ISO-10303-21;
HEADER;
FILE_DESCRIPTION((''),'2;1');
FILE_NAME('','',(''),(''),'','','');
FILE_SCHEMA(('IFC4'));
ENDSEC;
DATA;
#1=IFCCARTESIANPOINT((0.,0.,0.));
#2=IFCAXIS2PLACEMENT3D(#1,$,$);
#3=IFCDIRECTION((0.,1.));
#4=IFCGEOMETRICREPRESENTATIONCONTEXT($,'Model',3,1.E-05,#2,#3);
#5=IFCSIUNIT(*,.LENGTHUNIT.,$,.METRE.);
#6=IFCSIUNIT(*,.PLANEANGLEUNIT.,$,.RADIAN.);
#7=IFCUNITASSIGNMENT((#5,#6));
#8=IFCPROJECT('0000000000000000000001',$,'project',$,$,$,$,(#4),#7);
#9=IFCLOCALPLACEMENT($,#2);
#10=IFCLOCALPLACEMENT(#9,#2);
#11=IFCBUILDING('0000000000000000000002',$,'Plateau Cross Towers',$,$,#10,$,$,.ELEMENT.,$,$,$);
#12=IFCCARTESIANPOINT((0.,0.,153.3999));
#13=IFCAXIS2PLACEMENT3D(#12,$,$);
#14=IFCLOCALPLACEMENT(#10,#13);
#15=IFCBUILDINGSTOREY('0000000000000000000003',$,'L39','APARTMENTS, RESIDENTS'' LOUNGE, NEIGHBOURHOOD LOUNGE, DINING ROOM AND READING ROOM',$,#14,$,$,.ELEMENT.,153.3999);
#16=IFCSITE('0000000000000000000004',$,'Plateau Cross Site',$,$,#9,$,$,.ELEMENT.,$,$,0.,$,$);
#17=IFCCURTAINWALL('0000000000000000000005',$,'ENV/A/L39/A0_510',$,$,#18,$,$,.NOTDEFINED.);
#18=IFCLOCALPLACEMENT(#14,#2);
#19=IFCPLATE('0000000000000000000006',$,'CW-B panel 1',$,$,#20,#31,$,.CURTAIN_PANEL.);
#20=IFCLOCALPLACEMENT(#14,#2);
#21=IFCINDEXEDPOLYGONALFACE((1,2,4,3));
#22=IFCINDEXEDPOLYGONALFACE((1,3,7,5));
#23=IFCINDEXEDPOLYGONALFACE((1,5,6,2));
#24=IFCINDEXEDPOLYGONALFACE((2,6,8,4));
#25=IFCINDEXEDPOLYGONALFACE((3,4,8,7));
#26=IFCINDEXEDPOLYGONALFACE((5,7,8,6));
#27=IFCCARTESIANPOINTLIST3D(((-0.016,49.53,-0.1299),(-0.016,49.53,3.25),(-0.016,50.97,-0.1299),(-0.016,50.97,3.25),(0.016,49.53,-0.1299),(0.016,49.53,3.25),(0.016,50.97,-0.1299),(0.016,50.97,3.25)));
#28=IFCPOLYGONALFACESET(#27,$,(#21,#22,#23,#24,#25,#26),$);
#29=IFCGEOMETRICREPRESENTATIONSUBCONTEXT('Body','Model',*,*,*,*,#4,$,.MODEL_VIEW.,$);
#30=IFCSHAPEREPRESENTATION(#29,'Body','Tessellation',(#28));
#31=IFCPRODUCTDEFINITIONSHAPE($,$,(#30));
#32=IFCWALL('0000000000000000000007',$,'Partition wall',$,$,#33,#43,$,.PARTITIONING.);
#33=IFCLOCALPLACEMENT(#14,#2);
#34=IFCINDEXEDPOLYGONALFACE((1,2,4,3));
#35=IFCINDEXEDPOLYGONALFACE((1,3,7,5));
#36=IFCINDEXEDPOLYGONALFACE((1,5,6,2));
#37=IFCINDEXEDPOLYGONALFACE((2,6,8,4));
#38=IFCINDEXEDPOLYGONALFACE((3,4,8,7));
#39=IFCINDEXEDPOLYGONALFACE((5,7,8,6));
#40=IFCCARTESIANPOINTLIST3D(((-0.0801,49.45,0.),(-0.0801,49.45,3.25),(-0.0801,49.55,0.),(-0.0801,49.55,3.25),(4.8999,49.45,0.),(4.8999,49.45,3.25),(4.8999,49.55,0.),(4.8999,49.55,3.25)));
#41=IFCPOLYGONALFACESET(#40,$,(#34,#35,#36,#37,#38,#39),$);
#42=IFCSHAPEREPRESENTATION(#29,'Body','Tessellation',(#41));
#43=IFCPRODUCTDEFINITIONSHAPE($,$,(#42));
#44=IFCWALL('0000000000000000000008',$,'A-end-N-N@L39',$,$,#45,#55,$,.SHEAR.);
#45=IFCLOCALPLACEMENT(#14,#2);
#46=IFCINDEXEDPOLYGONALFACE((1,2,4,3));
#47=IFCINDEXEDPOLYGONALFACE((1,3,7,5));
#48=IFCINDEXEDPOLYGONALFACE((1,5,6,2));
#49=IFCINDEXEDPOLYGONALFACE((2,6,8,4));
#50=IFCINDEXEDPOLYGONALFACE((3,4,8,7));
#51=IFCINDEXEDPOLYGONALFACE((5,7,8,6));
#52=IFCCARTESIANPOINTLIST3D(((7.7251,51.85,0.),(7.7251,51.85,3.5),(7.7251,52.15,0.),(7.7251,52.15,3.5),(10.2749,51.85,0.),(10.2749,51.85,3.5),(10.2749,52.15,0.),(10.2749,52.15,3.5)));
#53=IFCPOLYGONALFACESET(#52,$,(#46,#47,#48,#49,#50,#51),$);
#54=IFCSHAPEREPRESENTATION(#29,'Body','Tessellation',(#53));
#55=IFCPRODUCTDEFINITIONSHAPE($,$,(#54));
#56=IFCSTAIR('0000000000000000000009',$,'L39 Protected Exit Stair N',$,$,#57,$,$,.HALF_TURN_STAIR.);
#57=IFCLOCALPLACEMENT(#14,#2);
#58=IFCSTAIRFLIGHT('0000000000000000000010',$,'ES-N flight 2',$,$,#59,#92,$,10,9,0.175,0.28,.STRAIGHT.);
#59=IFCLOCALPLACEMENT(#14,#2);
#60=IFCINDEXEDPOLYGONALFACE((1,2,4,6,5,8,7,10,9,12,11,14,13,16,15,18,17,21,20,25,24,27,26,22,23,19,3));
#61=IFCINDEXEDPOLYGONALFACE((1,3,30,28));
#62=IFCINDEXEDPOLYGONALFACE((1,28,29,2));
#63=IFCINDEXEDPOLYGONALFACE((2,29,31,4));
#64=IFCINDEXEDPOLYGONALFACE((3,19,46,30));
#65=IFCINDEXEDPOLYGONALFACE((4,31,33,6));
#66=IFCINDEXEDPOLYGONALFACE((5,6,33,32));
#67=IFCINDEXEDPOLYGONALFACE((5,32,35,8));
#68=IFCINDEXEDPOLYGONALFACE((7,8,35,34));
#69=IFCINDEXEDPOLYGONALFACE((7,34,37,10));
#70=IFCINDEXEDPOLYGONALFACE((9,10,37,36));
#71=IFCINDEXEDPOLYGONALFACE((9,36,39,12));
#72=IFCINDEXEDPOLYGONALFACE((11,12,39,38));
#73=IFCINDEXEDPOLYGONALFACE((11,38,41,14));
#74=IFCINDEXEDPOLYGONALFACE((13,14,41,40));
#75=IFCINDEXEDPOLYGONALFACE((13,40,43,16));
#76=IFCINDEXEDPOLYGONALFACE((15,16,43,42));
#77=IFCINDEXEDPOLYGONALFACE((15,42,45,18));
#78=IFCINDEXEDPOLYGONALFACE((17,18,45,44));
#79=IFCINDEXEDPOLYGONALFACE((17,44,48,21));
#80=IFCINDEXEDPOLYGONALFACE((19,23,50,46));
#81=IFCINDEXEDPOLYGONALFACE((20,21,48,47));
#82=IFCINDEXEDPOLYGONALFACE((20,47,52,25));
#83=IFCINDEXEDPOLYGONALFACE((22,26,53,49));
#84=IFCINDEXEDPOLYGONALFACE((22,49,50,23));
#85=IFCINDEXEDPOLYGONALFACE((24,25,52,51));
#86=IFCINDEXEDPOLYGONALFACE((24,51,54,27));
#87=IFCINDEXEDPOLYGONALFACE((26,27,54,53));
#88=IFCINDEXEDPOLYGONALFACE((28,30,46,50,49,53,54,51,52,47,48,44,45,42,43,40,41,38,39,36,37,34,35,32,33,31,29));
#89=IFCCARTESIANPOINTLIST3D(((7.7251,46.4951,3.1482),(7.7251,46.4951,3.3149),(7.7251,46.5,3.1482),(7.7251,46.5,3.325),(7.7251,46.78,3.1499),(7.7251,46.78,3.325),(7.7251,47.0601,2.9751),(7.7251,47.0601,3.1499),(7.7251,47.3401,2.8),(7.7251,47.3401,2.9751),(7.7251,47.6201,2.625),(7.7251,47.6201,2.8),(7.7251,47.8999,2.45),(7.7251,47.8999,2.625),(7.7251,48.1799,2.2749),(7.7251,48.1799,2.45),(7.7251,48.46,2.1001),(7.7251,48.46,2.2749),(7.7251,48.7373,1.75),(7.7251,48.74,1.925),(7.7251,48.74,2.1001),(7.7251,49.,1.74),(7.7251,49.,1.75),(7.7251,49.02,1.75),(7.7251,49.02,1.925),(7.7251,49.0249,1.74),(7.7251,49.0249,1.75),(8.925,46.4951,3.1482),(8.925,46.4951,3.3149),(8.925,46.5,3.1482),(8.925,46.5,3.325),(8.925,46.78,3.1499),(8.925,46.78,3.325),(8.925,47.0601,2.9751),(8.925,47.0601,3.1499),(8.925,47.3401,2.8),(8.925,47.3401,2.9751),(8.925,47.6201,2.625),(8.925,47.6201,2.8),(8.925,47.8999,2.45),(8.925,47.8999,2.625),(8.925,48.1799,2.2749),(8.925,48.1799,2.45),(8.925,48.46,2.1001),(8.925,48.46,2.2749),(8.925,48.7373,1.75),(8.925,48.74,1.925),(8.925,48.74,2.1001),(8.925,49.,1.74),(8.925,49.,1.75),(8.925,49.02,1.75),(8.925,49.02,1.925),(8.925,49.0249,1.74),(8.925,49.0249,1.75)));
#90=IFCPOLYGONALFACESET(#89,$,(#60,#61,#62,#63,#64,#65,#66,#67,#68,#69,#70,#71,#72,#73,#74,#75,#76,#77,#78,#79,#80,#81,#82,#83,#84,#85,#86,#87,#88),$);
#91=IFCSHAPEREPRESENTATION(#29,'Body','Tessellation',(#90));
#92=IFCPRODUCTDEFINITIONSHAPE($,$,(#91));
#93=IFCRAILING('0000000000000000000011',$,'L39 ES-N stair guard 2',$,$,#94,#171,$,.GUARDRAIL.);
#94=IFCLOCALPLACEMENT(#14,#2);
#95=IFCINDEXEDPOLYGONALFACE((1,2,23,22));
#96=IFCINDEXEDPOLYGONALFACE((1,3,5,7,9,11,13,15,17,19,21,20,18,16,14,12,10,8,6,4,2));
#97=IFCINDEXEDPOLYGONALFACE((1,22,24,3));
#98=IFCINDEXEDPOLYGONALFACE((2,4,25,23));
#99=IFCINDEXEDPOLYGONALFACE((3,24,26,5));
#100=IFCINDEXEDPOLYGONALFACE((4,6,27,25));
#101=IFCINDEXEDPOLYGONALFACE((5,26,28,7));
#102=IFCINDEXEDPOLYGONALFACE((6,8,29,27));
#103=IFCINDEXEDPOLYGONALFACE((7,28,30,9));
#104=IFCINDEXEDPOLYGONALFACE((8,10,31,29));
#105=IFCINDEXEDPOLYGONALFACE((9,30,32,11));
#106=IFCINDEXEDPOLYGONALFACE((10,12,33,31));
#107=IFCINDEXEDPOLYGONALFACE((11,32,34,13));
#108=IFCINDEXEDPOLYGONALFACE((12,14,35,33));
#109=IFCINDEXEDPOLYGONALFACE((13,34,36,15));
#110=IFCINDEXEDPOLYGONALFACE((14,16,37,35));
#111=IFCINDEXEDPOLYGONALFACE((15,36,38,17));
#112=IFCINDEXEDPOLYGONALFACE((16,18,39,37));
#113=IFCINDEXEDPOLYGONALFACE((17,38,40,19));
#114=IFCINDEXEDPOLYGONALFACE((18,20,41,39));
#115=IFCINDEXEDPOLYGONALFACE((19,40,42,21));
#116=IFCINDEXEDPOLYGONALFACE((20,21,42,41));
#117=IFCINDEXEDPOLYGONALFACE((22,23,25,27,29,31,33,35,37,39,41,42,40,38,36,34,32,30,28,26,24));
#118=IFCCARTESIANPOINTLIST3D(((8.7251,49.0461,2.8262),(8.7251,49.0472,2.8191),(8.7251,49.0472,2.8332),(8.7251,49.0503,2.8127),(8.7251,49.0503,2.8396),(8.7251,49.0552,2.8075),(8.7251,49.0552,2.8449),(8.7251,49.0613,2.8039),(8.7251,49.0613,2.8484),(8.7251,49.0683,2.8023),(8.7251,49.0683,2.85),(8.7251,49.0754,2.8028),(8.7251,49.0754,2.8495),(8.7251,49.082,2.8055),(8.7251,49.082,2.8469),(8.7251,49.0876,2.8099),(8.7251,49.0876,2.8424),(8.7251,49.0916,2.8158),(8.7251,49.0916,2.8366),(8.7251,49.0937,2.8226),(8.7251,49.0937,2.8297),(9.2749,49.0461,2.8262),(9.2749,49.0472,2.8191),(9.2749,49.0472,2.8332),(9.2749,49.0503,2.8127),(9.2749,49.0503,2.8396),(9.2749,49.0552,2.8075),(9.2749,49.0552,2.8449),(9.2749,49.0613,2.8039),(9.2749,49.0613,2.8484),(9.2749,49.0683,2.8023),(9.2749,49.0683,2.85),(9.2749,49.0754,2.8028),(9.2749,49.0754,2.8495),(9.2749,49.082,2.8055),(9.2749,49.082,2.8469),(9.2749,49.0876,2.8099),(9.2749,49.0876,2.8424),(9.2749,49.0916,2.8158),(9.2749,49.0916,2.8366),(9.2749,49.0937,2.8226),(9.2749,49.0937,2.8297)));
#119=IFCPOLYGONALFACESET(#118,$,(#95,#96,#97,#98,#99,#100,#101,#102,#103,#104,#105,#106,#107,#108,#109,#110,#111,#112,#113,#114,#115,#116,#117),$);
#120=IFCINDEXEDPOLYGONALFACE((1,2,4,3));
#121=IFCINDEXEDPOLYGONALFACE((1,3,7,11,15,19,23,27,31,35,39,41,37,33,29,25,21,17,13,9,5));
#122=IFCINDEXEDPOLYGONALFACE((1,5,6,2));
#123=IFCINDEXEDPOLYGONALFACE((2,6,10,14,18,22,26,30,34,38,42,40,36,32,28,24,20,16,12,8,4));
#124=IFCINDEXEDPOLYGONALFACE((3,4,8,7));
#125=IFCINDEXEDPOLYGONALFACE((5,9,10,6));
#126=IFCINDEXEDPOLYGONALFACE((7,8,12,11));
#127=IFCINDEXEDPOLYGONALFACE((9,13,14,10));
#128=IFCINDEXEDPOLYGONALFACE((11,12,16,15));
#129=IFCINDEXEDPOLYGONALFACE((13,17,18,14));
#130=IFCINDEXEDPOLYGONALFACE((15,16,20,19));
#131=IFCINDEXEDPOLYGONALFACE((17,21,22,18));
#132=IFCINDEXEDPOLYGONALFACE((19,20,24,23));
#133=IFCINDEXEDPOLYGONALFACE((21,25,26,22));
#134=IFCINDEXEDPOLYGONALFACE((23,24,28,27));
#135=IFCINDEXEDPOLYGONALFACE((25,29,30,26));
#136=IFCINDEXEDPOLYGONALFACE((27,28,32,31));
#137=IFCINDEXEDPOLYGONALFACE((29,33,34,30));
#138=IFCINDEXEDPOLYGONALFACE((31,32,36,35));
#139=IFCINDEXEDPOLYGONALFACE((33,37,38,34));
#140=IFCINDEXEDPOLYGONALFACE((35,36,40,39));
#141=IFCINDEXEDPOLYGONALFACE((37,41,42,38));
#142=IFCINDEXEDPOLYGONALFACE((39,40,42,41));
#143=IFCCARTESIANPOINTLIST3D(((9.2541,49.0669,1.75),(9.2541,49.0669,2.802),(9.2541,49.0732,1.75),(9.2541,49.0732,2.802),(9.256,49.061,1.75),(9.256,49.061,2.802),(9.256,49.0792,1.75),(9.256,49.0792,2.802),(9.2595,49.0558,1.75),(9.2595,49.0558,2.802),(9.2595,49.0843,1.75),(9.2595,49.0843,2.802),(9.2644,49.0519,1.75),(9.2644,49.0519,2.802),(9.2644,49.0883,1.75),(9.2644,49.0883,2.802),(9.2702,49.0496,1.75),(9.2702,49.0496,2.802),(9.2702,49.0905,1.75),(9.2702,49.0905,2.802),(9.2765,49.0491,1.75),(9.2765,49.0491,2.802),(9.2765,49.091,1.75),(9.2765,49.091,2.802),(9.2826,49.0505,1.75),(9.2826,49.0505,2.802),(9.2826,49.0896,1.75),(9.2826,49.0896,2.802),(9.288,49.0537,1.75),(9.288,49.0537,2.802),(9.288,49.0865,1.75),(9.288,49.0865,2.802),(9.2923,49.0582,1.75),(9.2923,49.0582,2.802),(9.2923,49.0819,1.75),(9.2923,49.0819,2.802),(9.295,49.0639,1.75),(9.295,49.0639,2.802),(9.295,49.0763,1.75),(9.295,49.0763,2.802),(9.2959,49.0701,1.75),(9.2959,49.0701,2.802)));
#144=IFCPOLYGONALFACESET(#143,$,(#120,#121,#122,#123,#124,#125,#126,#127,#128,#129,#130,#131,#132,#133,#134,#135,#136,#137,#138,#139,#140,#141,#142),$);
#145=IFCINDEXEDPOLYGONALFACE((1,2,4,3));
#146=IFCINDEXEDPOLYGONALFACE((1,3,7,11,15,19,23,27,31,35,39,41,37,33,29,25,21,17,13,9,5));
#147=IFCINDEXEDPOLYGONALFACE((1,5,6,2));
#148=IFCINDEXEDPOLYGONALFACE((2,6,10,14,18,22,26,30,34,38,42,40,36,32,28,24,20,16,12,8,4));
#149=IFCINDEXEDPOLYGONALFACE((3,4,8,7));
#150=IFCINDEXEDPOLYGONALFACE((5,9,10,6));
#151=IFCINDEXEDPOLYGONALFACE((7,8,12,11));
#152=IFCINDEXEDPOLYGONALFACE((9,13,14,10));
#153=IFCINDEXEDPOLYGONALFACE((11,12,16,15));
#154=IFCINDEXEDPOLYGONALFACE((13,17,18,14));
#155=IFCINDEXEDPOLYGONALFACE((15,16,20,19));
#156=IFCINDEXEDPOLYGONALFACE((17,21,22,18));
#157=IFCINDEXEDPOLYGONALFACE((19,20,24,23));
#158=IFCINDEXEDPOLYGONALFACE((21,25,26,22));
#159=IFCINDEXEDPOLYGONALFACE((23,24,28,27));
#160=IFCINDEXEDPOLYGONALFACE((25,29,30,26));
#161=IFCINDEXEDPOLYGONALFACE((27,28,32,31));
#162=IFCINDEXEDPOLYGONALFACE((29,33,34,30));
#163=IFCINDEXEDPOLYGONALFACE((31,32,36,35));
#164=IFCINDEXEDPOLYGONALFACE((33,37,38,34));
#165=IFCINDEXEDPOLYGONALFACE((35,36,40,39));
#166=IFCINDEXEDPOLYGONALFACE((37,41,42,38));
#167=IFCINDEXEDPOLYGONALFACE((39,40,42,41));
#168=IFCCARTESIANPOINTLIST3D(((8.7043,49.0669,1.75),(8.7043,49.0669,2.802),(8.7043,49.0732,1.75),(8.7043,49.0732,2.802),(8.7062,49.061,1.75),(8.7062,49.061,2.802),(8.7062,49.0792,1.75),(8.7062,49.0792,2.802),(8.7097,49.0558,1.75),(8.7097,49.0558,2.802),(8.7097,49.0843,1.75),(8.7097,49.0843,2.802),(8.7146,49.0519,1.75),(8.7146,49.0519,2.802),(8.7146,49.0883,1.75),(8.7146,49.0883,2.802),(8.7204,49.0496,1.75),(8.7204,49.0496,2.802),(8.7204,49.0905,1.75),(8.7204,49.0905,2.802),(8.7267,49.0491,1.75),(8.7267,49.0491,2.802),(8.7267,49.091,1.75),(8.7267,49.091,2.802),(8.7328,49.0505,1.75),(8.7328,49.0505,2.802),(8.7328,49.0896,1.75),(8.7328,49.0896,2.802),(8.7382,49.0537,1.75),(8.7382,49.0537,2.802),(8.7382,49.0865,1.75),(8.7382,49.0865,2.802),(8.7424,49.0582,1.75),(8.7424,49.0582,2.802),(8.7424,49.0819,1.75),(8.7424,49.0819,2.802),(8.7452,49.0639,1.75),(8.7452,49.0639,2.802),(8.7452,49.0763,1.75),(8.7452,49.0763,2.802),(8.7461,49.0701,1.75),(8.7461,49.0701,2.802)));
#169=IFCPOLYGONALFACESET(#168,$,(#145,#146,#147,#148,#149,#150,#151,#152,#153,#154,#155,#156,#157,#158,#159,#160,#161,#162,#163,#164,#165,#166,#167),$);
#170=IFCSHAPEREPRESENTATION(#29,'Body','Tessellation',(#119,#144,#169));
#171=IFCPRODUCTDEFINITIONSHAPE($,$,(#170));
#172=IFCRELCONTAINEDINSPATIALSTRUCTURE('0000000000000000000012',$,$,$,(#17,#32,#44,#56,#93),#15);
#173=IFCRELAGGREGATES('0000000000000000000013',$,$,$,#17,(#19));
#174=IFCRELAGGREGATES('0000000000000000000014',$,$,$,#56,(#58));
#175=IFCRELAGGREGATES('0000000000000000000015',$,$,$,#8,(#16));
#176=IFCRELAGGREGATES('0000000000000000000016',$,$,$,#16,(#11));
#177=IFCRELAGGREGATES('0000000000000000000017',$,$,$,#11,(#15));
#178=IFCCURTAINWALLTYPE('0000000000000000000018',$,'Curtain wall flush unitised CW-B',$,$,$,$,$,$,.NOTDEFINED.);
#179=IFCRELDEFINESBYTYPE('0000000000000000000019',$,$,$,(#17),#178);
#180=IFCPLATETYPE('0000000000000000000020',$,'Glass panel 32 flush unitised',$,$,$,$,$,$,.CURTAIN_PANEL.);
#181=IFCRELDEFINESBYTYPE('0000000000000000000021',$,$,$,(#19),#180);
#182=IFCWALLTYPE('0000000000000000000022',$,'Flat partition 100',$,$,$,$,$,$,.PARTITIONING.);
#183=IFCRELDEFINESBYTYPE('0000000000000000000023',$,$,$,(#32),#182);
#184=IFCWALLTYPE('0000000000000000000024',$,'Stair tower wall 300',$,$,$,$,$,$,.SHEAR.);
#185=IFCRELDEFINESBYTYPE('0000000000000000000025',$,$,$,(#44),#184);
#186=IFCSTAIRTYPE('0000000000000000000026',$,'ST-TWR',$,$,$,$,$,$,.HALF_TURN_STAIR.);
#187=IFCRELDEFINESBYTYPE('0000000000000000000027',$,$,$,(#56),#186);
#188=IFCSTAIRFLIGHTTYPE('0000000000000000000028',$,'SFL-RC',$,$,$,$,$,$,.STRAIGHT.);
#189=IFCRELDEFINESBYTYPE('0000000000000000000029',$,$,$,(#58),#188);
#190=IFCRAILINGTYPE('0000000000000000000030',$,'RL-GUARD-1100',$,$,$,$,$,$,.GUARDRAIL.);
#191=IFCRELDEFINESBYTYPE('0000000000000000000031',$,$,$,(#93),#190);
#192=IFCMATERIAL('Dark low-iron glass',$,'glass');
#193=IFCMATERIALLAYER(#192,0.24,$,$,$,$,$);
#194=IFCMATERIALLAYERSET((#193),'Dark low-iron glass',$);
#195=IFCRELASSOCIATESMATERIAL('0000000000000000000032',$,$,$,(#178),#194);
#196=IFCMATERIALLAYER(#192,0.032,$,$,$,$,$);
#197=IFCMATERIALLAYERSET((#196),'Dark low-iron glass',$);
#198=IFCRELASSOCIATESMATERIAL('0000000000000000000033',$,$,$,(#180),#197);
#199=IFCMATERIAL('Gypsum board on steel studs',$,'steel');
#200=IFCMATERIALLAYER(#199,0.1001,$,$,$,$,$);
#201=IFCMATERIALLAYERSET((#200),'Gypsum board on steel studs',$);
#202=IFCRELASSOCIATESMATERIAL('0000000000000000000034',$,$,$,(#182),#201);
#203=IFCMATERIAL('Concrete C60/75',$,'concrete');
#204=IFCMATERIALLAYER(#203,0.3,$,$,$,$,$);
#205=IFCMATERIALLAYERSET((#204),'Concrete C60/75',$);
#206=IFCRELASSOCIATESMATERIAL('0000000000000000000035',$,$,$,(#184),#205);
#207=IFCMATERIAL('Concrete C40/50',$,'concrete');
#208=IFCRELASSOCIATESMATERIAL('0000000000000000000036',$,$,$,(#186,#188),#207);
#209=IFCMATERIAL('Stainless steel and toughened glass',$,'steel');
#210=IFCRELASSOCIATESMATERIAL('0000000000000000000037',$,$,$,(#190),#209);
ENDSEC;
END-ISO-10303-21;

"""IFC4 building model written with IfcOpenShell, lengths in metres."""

from ifc_helpers import new_model, si_unit, direction, frame, frame_2d, origin, origin_2d, place, context, subcontext, project, spatial, polyline, rectangle, circle, outline, extrude, material, layer, layer_set, type_object, element, aggregate, save


model = new_model("IFC4")

# Units and contexts
model_context = context("Model", 3, precision=1e-05, world=origin(), true_north=direction((0.0, 1.0)))
body_context = subcontext(model_context, "Body", "Model", "MODEL_VIEW")
ifc_project = project(units=[si_unit("LENGTHUNIT", "METRE"), si_unit("PLANEANGLEUNIT", "RADIAN")], contexts=[model_context])

# Site, building, storey
site_placement = place(None, origin())
site = spatial("IfcSite", under=ifc_project, at=site_placement, Name="Plateau Cross Site", CompositionType="ELEMENT", RefElevation=0.0)
building_placement = place(site_placement, origin())
building = spatial("IfcBuilding", under=site, at=building_placement, Name="Plateau Cross Towers", CompositionType="ELEMENT")
storey_placement = place(building_placement, frame((0.0, 0.0, 153.3999)))
storey = spatial("IfcBuildingStorey", under=building, at=storey_placement, Name="L39", Description="APARTMENTS, RESIDENTS' LOUNGE, NEIGHBOURHOOD LOUNGE, DINING ROOM AND READING ROOM", CompositionType="ELEMENT", Elevation=153.3999)

# Shared definitions
ifc_material_1 = material(Name="Concrete C60/75", Category="concrete")

# Shared definitions
ifc_material_2 = material(Name="Dark low-iron glass", Category="glass")
ifc_layer_1 = layer(ifc_material_2, 0.24)
ifc_layer_set_1 = layer_set([ifc_layer_1], Name="Dark low-iron glass")
curtain_wall_type = type_object("IfcCurtainWallType", Name="Curtain wall flush unitised CW-B", PredefinedType="NOTDEFINED", material=ifc_layer_set_1)

# Curtain wall
curtain_wall_1_placement = place(storey_placement, origin())
curtain_wall_1 = element("IfcCurtainWall", 1, at=curtain_wall_1_placement, inside=storey, type_object=curtain_wall_type, Name="ENV/A/L39/A0_510", PredefinedType="NOTDEFINED")

# Plate
ifc_layer_2 = layer(ifc_material_2, 0.032)
ifc_layer_set_2 = layer_set([ifc_layer_2], Name="Dark low-iron glass")
plate_type = type_object("IfcPlateType", Name="Glass panel 32 flush unitised", PredefinedType="CURTAIN_PANEL", material=ifc_layer_set_2)
plate_1_placement = place(storey_placement, frame((0.0, 50.25, -0.1299), z_axis=(0.0, 0.0, 1.0), x_axis=(0.0, -1.0, 0.0)))
plate_1 = element("IfcPlate", 2, at=plate_1_placement, type_object=plate_type, Name="CW-B panel 1", PredefinedType="CURTAIN_PANEL", context=body_context, shape_type="SweptSolid", body=[
    extrude(rectangle(XDim=1.4399, YDim=0.032, at=origin_2d()), origin(), (0.0, 0.0, 1.0), 3.3799),
])
aggregate(curtain_wall_1, [plate_1])

# Walls
ifc_material_3 = material(Name="Gypsum board on steel studs", Category="steel")
ifc_layer_3 = layer(ifc_material_3, 0.1001)
ifc_layer_set_3 = layer_set([ifc_layer_3], Name="Gypsum board on steel studs")
wall_type_1 = type_object("IfcWallType", Name="Flat partition 100", PredefinedType="PARTITIONING", material=ifc_layer_set_3)
wall_1_placement = place(storey_placement, frame((4.8999, 49.5, 0.0), z_axis=(0.0, 0.0, 1.0), x_axis=(-1.0, 0.0, 0.0)))
element("IfcWall", 3, at=wall_1_placement, inside=storey, type_object=wall_type_1, Name="Partition wall", PredefinedType="PARTITIONING", context=body_context, shape_type="SweptSolid", body=[
    extrude(rectangle(XDim=4.98, YDim=0.1001, at=frame_2d((2.49, 0.0))), origin(), (0.0, 0.0, 1.0), 3.25),
])
ifc_layer_4 = layer(ifc_material_1, 0.3)
ifc_layer_set_4 = layer_set([ifc_layer_4], Name="Concrete C60/75")
wall_type_2 = type_object("IfcWallType", Name="Stair tower wall 300", PredefinedType="SHEAR", material=ifc_layer_set_4)
wall_2_placement = place(storey_placement, frame((7.7251, 52.0, 0.0), z_axis=(0.0, 0.0, 1.0), x_axis=(1.0, 0.0, 0.0)))
element("IfcWall", 4, at=wall_2_placement, inside=storey, type_object=wall_type_2, Name="A-end-N-N@L39", PredefinedType="SHEAR", context=body_context, shape_type="SweptSolid", body=[
    extrude(rectangle(XDim=2.5498, YDim=0.3, at=frame_2d((1.2749, 0.0))), origin(), (0.0, 0.0, 1.0), 3.5),
])

# Stair, stair flight
ifc_material_4 = material(Name="Concrete C40/50", Category="concrete")
stair_type = type_object("IfcStairType", Name="ST-TWR", PredefinedType="HALF_TURN_STAIR", material=ifc_material_4)
stair_placement = place(storey_placement, origin())
stair = element("IfcStair", 5, at=stair_placement, inside=storey, type_object=stair_type, Name="L39 Protected Exit Stair N", PredefinedType="HALF_TURN_STAIR")
stair_flight_type = type_object("IfcStairFlightType", Name="SFL-RC", PredefinedType="STRAIGHT", material=ifc_material_4)
stair_flight_placement = place(storey_placement, frame((8.325, 49.02, 1.75), z_axis=(0.0, 0.0, 1.0), x_axis=(0.0, -1.0, 0.0)))
stair_flight = element("IfcStairFlight", 6, at=stair_flight_placement, type_object=stair_flight_type, Name="ES-N flight 2", NumberOfRisers=10, NumberOfTreads=9, PredefinedType="STRAIGHT", RiserHeight=0.175, TreadLength=0.28, context=body_context, shape_type="SweptSolid", body=[
    extrude(outline(polyline([(-0.0049, -0.01), (-0.0049, 0.0), (0.0, 0.0), (0.0, 0.175), (0.28, 0.175), (0.28, 0.3501), (0.5601, 0.3501), (0.5601, 0.5249), (0.8401, 0.5249), (0.8401, 0.7), (1.1201, 0.7), (1.1201, 0.875), (1.3999, 0.875), (1.3999, 1.05), (1.6799, 1.05), (1.6799, 1.2251), (1.96, 1.2251), (1.96, 1.3999), (2.24, 1.3999), (2.24, 1.575), (2.52, 1.575), (2.5249, 1.5649), (2.5249, 1.3982), (2.52, 1.3982), (0.2827, 0.0), (0.02, 0.0), (0.02, -0.01), (-0.0049, -0.01)])), frame((0.0, 0.6001, 0.0), z_axis=(0.0, -1.0, 0.0), x_axis=(1.0, 0.0, 0.0)), (0.0, 0.0, 1.0), 1.2),
])
aggregate(stair, [stair_flight])

# Railing
ifc_material_5 = material(Name="Stainless steel and toughened glass", Category="steel")
railing_type_1 = type_object("IfcRailingType", Name="RL-GUARD-1100", PredefinedType="GUARDRAIL", material=ifc_material_5)
railing_1_placement = place(storey_placement, frame((9.2749, 49.0701, 1.75)))
element("IfcRailing", 7, at=railing_1_placement, inside=storey, type_object=railing_type_1, Name="L39 ES-N stair guard 2", PredefinedType="GUARDRAIL", context=body_context, shape_type="SweptSolid", body=[
    extrude(circle(Radius=0.0239, at=origin_2d()), frame((0.0, 0.0, 1.0762), z_axis=(-1.0, 0.0, 0.0), x_axis=(0.0, -1.0, 0.0)), (0.0, 0.0, 1.0), 0.5498),
    extrude(circle(Radius=0.021, at=origin_2d()), origin(), (0.0, 0.0, 1.0), 1.052),
    extrude(circle(Radius=0.021, at=origin_2d()), frame((-0.5498, 0.0, 0.0)), (0.0, 0.0, 1.0), 1.052),
])

save(model, "model.ifc")
